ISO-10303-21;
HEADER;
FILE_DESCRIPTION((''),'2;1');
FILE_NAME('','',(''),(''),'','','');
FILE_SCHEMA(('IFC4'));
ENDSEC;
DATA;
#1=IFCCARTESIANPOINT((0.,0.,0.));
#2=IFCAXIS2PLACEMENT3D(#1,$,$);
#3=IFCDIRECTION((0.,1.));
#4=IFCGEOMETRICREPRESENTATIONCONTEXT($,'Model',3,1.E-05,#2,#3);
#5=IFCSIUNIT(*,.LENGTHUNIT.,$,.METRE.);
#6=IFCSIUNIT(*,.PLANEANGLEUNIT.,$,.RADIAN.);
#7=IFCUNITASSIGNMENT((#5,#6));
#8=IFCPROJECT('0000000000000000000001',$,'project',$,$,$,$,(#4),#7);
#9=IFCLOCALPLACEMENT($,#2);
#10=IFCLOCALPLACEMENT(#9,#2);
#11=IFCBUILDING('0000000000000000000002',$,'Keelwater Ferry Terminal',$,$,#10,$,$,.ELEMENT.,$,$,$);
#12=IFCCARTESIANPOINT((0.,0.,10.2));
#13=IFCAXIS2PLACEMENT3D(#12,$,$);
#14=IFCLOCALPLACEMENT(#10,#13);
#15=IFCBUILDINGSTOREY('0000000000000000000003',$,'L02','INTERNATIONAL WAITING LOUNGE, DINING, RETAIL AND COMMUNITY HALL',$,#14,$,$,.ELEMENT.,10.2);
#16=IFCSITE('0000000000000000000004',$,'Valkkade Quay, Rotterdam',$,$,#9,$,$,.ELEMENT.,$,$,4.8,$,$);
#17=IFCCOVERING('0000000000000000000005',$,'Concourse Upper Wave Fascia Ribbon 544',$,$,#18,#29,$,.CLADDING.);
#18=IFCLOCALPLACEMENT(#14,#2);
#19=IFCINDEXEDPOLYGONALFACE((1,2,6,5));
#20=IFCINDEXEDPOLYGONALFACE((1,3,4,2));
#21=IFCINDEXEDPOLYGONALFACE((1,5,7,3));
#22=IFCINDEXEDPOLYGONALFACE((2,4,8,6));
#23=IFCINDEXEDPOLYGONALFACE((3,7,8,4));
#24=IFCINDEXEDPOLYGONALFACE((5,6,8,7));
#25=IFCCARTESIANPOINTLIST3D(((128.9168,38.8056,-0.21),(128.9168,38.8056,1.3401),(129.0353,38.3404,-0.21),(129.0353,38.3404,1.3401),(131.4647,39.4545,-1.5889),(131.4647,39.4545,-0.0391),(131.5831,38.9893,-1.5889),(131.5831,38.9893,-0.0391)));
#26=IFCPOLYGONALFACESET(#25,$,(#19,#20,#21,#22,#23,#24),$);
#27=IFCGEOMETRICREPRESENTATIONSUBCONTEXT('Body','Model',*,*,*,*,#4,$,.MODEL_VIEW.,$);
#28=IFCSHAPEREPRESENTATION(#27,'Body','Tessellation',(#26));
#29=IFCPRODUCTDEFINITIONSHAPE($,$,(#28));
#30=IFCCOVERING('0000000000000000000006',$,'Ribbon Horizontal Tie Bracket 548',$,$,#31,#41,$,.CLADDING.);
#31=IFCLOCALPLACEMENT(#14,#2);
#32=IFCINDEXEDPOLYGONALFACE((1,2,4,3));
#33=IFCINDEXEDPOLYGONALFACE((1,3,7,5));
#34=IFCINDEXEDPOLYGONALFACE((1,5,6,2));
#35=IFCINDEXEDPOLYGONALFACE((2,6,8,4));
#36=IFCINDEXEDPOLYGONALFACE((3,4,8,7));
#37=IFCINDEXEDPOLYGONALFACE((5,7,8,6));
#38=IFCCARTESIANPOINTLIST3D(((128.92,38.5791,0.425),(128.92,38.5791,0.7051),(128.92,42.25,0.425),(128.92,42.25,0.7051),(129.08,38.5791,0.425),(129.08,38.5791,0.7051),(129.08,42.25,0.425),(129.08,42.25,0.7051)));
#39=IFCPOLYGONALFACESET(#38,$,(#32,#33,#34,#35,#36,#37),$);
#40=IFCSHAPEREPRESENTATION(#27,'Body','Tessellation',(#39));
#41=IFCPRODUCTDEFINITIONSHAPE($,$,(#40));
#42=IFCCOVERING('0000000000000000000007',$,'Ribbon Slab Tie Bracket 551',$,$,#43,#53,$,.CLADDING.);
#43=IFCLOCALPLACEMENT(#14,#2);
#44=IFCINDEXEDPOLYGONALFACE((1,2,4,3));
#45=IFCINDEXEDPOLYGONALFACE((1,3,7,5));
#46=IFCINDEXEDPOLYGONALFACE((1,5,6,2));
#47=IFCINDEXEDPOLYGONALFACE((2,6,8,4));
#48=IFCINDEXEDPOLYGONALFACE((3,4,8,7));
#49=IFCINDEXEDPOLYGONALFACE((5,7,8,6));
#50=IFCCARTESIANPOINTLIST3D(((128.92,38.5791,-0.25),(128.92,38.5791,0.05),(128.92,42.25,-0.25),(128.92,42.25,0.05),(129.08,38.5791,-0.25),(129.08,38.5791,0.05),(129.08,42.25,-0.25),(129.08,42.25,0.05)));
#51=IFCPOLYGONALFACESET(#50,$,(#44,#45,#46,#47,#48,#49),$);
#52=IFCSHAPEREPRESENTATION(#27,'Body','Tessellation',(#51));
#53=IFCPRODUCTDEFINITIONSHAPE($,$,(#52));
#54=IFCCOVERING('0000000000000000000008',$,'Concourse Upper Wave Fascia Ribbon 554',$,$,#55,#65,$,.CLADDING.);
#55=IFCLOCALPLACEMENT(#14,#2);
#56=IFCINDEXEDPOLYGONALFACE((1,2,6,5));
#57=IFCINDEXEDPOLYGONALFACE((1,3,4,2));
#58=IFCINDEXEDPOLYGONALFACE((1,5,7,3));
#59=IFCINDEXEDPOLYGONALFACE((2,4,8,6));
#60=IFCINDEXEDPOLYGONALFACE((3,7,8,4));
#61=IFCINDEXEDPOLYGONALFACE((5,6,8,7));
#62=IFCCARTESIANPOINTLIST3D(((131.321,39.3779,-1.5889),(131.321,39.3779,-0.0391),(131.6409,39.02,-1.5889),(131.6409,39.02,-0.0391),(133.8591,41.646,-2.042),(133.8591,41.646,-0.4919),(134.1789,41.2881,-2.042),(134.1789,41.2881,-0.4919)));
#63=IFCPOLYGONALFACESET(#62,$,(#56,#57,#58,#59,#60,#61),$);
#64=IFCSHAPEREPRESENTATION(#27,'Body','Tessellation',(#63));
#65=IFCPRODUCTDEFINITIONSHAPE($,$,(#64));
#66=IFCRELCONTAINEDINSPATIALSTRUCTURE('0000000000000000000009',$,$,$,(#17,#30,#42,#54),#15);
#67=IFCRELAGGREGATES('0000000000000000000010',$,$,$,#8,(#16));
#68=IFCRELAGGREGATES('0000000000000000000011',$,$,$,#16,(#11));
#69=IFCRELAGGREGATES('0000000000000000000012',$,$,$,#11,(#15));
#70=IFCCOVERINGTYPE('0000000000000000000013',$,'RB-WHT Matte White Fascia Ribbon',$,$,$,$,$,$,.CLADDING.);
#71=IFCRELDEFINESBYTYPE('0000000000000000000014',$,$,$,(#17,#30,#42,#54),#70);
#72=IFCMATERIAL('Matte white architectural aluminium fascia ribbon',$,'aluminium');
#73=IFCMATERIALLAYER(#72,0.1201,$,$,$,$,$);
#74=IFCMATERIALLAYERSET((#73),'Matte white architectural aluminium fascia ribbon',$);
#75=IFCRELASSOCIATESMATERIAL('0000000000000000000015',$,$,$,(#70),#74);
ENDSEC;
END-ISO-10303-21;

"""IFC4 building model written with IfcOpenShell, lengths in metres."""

from ifc_helpers import new_model, si_unit, direction, frame, frame_2d, origin, place, context, subcontext, project, spatial, polyline, rectangle, outline, extrude, material, layer, layer_set, type_object, element, save


model = new_model("IFC4")

# Units and contexts
model_context = context("Model", 3, precision=1e-05, world=origin(), true_north=direction((0.0, 1.0)))
body_context = subcontext(model_context, "Body", "Model", "MODEL_VIEW")
ifc_project = project(units=[si_unit("LENGTHUNIT", "METRE"), si_unit("PLANEANGLEUNIT", "RADIAN")], contexts=[model_context])

# Site, building, storey
site_placement = place(None, origin())
site = spatial("IfcSite", under=ifc_project, at=site_placement, Name="Valkkade Quay, Rotterdam", CompositionType="ELEMENT", RefElevation=4.8)
building_placement = place(site_placement, origin())
building = spatial("IfcBuilding", under=site, at=building_placement, Name="Keelwater Ferry Terminal", CompositionType="ELEMENT")
storey_placement = place(building_placement, frame((0.0, 0.0, 10.2)))
storey = spatial("IfcBuildingStorey", under=building, at=storey_placement, Name="L02", Description="INTERNATIONAL WAITING LOUNGE, DINING, RETAIL AND COMMUNITY HALL", CompositionType="ELEMENT", Elevation=10.2)

# Coverings
ifc_material_1 = material(Name="Matte white architectural aluminium fascia ribbon", Category="aluminium")
ifc_layer_1 = layer(ifc_material_1, 0.1201)
ifc_layer_set_1 = layer_set([ifc_layer_1], Name="Matte white architectural aluminium fascia ribbon")
covering_type = type_object("IfcCoveringType", Name="RB-WHT Matte White Fascia Ribbon", PredefinedType="CLADDING", material=ifc_layer_set_1)
covering_1_placement = place(storey_placement, frame((128.9761, 38.573, -1.5889), z_axis=(0.0, 0.0, 1.0), x_axis=(0.969062, 0.246816, 0.0)))
element("IfcCovering", 1, at=covering_1_placement, inside=storey, type_object=covering_type, Name="Concourse Upper Wave Fascia Ribbon 544", PredefinedType="CLADDING", context=body_context, shape_type="SweptSolid", body=[
    extrude(outline(polyline([(0.0, 1.3789), (2.6292, 0.0), (2.6292, 1.5498), (0.0, 2.929), (0.0, 1.3789)])), frame((0.0, 0.24, 0.0), z_axis=(0.0, -1.0, 0.0), x_axis=(1.0, 0.0, 0.0)), (0.0, 0.0, 1.0), 0.48),
])
covering_2_placement = place(storey_placement, frame((129.0, 38.5791, 0.425), z_axis=(0.0, 0.0, 1.0), x_axis=(0.0, 1.0, 0.0)))
element("IfcCovering", 2, at=covering_2_placement, inside=storey, type_object=covering_type, Name="Ribbon Horizontal Tie Bracket 548", PredefinedType="CLADDING", context=body_context, shape_type="SweptSolid", body=[
    extrude(rectangle(XDim=3.6709, YDim=0.1599, at=frame_2d((1.8354, 0.0))), origin(), (0.0, 0.0, 1.0), 0.28),
])
covering_3_placement = place(storey_placement, frame((129.0, 38.5791, -0.25), z_axis=(0.0, 0.0, 1.0), x_axis=(0.0, 1.0, 0.0)))
element("IfcCovering", 3, at=covering_3_placement, inside=storey, type_object=covering_type, Name="Ribbon Slab Tie Bracket 551", PredefinedType="CLADDING", context=body_context, shape_type="SweptSolid", body=[
    extrude(rectangle(XDim=3.6709, YDim=0.1599, at=frame_2d((1.8354, 0.0))), origin(), (0.0, 0.0, 1.0), 0.3),
])
covering_4_placement = place(storey_placement, frame((131.481, 39.199, -2.042), z_axis=(0.0, 0.0, 1.0), x_axis=(0.745658, 0.666329, 0.0)))
element("IfcCovering", 4, at=covering_4_placement, inside=storey, type_object=covering_type, Name="Concourse Upper Wave Fascia Ribbon 554", PredefinedType="CLADDING", context=body_context, shape_type="SweptSolid", body=[
    extrude(outline(polyline([(0.0, 0.4531), (3.4038, 0.0), (3.4038, 1.55), (0.0, 2.0029), (0.0, 0.4531)])), frame((0.0, 0.24, 0.0), z_axis=(0.0, -1.0, 0.0), x_axis=(1.0, 0.0, 0.0)), (0.0, 0.0, 1.0), 0.48),
])

save(model, "model.ifc")
